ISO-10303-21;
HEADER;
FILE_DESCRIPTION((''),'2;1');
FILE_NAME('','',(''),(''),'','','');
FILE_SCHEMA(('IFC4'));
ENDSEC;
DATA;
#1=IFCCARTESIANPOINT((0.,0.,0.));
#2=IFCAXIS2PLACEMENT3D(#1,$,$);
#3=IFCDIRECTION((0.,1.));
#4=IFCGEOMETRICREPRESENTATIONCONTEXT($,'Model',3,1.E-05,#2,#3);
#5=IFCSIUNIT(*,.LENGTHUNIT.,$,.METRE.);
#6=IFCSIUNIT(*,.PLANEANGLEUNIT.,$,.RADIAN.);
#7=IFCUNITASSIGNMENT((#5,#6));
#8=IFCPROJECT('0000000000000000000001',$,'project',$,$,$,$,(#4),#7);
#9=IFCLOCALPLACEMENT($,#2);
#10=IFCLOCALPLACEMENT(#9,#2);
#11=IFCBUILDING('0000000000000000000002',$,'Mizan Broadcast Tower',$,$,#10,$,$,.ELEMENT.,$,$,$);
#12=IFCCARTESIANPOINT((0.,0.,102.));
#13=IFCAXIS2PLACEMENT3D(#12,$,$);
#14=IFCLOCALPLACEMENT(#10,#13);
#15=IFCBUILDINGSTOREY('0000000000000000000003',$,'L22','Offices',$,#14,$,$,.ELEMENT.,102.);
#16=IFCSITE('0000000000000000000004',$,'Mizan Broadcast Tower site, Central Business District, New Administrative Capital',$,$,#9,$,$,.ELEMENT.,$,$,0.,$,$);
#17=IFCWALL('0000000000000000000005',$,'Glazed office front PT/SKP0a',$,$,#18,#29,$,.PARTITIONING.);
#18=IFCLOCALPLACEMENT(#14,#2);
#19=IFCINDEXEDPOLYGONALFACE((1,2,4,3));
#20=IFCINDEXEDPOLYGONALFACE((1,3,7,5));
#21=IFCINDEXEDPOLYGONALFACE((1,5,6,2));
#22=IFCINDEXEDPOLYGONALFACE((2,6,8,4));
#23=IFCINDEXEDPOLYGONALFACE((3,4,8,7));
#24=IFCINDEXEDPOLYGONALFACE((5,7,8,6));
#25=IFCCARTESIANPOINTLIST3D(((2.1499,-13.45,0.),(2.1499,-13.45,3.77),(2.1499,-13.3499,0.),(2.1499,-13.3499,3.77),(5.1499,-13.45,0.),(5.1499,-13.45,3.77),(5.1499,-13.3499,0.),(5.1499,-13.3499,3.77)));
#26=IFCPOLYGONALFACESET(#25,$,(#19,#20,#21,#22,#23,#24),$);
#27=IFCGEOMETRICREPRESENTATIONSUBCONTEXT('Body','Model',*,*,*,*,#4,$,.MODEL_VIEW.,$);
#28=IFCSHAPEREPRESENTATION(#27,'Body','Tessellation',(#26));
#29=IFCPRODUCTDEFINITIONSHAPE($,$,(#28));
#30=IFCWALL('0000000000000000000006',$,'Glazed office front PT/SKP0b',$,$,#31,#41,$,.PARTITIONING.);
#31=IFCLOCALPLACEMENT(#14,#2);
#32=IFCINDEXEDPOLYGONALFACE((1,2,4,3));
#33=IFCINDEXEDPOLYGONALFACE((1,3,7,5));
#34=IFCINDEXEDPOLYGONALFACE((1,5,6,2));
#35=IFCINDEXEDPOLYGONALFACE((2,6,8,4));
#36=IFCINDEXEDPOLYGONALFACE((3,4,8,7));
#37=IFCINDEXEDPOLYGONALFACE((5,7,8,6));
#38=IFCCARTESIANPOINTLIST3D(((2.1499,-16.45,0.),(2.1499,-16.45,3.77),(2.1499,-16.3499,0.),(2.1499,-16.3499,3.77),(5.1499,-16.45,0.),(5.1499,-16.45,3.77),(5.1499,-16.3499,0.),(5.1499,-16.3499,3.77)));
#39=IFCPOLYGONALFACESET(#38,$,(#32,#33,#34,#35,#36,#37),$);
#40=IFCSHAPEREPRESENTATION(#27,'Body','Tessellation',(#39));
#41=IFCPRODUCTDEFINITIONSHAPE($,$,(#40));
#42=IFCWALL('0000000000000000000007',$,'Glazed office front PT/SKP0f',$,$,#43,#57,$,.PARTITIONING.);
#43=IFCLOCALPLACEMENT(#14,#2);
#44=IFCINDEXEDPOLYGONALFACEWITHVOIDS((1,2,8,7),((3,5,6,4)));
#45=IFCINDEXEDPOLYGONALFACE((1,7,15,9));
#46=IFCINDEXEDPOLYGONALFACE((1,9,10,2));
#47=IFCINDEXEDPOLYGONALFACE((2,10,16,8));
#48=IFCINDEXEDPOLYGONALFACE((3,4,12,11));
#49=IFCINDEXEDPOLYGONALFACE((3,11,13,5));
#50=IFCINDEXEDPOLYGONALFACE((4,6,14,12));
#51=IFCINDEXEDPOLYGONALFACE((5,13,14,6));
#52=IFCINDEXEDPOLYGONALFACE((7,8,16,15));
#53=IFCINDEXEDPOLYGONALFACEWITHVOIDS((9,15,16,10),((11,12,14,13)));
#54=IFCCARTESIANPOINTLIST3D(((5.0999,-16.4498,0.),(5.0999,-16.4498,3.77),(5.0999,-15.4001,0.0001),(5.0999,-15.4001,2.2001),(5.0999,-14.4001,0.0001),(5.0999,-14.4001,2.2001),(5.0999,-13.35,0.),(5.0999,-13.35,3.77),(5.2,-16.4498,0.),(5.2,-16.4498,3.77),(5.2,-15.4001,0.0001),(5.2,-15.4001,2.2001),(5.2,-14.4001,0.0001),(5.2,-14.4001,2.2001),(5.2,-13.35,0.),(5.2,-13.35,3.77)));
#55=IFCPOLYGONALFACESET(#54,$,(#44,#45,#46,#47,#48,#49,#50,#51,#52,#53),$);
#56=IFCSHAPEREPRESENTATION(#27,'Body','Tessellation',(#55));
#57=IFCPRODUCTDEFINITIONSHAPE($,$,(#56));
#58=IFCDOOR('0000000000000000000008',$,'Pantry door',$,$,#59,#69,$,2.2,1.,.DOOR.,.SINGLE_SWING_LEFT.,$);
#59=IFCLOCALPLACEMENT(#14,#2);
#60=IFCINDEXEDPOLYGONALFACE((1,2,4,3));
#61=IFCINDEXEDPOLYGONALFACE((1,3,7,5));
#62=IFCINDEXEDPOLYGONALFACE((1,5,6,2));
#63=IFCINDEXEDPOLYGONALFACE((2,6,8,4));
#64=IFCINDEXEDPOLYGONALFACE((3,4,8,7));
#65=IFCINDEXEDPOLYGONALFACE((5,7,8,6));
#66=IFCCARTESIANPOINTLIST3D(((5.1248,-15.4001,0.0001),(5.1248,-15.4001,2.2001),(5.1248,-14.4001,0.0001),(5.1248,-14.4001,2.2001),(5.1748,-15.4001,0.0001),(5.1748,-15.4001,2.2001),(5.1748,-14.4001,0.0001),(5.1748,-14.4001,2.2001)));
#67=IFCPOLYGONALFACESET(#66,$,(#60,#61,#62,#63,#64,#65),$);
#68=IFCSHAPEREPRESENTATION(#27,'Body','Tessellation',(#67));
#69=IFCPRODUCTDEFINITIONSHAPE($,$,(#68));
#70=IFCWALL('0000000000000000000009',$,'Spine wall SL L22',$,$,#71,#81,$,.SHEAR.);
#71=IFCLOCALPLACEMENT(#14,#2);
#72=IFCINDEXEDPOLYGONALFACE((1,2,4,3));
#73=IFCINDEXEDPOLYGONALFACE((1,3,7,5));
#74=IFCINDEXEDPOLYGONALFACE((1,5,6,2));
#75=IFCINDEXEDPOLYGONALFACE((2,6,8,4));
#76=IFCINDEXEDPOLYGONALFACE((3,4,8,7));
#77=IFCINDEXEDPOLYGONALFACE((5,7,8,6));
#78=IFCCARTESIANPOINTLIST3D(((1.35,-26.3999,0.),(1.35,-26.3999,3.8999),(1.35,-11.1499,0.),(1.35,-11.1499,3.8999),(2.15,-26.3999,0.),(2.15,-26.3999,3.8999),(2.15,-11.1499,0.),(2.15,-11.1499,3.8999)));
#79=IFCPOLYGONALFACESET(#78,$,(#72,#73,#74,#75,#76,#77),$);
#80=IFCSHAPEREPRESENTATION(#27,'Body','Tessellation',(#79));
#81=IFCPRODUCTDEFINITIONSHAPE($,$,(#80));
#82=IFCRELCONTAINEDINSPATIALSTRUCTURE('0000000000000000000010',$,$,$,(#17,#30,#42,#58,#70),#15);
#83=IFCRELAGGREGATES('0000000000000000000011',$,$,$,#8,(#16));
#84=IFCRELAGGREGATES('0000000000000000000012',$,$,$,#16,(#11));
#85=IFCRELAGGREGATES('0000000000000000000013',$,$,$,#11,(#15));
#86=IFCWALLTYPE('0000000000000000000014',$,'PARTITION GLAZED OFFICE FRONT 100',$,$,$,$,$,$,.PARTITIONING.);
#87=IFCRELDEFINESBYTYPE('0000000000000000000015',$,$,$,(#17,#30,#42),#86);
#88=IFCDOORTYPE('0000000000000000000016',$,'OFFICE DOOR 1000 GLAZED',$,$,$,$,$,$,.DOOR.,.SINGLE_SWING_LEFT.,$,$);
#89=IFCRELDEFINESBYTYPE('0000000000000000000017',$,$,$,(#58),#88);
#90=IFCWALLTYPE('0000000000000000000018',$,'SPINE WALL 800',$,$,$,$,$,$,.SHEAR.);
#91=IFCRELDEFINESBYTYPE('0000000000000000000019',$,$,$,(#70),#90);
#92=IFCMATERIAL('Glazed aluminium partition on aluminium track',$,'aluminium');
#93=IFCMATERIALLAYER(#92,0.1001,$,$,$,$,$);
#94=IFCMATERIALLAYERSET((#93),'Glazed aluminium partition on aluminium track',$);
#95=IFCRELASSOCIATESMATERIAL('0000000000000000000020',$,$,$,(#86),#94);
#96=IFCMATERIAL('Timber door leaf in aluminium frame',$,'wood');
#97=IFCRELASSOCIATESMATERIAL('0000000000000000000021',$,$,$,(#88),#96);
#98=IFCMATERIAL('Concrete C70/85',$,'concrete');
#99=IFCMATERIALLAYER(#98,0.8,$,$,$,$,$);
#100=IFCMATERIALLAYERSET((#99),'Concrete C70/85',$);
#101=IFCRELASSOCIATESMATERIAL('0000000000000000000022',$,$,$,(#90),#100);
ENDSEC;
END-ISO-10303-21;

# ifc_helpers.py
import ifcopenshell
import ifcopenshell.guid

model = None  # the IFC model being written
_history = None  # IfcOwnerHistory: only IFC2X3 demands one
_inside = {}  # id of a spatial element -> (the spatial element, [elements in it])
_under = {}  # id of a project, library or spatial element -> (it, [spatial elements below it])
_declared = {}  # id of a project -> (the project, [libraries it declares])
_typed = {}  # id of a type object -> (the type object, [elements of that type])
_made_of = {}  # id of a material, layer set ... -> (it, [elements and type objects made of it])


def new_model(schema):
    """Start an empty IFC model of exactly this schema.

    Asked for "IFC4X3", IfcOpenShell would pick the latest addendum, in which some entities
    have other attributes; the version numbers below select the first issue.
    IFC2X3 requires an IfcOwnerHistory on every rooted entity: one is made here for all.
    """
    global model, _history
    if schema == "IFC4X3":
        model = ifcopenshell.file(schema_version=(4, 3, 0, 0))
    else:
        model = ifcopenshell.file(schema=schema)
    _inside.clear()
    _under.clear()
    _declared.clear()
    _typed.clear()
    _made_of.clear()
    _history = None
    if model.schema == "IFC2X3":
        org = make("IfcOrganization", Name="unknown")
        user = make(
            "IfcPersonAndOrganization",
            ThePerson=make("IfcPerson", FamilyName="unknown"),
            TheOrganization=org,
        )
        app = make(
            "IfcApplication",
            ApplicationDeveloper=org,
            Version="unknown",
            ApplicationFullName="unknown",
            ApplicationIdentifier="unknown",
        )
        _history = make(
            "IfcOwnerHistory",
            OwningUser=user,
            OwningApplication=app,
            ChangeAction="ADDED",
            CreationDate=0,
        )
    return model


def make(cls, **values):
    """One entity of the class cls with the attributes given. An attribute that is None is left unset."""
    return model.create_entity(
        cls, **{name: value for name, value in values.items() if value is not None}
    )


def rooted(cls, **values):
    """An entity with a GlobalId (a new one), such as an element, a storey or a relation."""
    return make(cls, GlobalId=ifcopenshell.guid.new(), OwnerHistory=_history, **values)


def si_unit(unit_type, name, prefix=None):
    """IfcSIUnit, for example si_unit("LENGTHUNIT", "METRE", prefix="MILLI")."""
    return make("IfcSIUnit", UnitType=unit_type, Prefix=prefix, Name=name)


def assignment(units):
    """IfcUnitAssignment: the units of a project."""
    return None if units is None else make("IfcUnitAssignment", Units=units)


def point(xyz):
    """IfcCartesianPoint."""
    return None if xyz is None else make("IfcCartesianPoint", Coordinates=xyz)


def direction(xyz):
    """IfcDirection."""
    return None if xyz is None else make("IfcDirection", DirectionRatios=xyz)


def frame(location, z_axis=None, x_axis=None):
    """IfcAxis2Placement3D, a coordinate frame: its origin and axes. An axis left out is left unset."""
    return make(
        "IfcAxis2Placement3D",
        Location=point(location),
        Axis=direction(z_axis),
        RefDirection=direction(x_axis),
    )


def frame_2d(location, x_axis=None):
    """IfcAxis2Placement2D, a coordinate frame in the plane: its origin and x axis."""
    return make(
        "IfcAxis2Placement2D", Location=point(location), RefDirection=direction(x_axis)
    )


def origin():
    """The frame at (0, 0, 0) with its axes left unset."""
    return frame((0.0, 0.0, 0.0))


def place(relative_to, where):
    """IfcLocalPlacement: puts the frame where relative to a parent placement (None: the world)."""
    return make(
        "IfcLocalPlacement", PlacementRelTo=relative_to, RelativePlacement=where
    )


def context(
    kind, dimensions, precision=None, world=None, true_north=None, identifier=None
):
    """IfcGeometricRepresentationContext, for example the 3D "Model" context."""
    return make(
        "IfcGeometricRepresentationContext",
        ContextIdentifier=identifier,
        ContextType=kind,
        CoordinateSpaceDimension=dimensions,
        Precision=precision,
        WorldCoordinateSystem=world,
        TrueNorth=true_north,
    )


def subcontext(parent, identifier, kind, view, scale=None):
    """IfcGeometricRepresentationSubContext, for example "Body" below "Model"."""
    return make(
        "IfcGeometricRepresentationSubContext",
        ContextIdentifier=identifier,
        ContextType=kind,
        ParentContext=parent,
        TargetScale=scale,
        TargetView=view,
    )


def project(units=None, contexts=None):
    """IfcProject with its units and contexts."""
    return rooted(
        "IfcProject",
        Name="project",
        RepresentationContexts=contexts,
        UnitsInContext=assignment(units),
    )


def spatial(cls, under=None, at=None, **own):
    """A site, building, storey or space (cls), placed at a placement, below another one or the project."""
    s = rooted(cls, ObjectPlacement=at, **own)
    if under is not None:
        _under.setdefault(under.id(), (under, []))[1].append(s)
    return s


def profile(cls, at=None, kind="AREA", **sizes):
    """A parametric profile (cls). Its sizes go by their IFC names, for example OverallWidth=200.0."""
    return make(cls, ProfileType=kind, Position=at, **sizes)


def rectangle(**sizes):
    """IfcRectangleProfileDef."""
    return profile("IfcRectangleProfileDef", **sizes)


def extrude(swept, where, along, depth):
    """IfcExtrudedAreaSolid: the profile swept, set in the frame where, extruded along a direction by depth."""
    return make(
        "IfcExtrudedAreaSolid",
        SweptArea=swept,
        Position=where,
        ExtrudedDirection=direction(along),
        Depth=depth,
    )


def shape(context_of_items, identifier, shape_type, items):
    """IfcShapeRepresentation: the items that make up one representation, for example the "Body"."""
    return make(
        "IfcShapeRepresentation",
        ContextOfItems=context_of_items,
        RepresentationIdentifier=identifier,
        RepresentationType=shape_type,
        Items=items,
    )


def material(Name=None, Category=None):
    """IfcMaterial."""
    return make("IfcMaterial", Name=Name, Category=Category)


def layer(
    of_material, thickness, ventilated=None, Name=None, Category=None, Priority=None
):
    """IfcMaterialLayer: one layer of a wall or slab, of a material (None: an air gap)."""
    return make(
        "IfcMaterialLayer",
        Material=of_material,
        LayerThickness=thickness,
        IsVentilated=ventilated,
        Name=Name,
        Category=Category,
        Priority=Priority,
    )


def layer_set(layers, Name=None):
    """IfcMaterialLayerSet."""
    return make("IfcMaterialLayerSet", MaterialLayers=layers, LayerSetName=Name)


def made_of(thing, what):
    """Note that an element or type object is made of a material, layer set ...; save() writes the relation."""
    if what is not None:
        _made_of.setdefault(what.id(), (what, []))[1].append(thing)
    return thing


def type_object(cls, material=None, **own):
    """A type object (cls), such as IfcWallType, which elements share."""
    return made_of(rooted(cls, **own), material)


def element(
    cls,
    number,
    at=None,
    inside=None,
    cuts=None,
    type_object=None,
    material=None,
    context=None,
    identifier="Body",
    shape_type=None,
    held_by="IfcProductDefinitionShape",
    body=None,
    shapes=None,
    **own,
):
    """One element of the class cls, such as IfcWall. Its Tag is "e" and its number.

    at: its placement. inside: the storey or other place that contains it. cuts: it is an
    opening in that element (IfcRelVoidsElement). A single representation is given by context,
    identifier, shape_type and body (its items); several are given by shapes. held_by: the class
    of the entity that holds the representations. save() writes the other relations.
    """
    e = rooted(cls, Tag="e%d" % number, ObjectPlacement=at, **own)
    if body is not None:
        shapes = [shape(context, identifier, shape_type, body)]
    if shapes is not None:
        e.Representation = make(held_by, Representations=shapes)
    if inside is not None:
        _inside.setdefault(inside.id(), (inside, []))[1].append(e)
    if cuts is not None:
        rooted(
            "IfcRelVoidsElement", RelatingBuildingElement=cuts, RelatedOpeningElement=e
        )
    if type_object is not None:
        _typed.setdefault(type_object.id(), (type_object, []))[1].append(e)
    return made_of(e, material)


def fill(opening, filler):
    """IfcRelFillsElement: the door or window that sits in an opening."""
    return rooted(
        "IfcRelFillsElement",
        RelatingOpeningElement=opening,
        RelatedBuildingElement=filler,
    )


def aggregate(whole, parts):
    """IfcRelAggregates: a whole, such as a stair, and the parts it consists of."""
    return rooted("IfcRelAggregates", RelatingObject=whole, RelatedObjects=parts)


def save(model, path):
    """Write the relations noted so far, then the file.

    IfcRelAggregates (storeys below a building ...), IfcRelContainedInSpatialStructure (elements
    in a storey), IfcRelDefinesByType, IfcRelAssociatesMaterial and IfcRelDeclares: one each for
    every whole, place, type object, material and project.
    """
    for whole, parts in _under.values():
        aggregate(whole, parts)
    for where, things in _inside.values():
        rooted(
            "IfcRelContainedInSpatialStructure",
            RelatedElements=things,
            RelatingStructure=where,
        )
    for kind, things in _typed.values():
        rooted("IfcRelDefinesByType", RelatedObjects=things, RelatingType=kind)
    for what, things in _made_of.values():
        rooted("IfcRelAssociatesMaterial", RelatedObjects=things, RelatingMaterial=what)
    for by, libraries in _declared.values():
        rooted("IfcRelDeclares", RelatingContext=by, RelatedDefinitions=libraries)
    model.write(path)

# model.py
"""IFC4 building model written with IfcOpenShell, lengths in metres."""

from ifc_helpers import new_model, si_unit, direction, frame, frame_2d, origin, place, context, subcontext, project, spatial, rectangle, extrude, material, layer, layer_set, type_object, element, fill, save


model = new_model("IFC4")

# Units and contexts
model_context = context("Model", 3, precision=1e-05, world=origin(), true_north=direction((0.0, 1.0)))
body_context = subcontext(model_context, "Body", "Model", "MODEL_VIEW")
ifc_project = project(units=[si_unit("LENGTHUNIT", "METRE"), si_unit("PLANEANGLEUNIT", "RADIAN")], contexts=[model_context])

# Site, building, storey
site_placement = place(None, origin())
site = spatial("IfcSite", under=ifc_project, at=site_placement, Name="Mizan Broadcast Tower site, Central Business District, New Administrative Capital", CompositionType="ELEMENT", RefElevation=0.0)
building_placement = place(site_placement, origin())
building = spatial("IfcBuilding", under=site, at=building_placement, Name="Mizan Broadcast Tower", CompositionType="ELEMENT")
storey_placement = place(building_placement, frame((0.0, 0.0, 102.0)))
storey = spatial("IfcBuildingStorey", under=building, at=storey_placement, Name="L22", Description="Offices", CompositionType="ELEMENT", Elevation=102.0)

# Walls
ifc_material_1 = material(Name="Glazed aluminium partition on aluminium track", Category="aluminium")
ifc_layer_1 = layer(ifc_material_1, 0.1001)
ifc_layer_set_1 = layer_set([ifc_layer_1], Name="Glazed aluminium partition on aluminium track")
wall_type_1 = type_object("IfcWallType", Name="PARTITION GLAZED OFFICE FRONT 100", PredefinedType="PARTITIONING", material=ifc_layer_set_1)
for number, where, z_axis, x_axis, name in (
    (1, (2.1499, -13.3999, 0.0), (0.0, 0.0, 1.0), (1.0, 0.0, 0.0), "Glazed office front PT/SKP0a"),
    (2, (2.1499, -16.3999, 0.0), (0.0, 0.0, 1.0), (1.0, 0.0, 0.0), "Glazed office front PT/SKP0b"),
):
    element("IfcWall", number, at=place(storey_placement, frame(where, z_axis=z_axis, x_axis=x_axis)), inside=storey, type_object=wall_type_1, Name=name, PredefinedType="PARTITIONING", context=body_context, shape_type="SweptSolid", body=[
        extrude(rectangle(XDim=3.0, YDim=0.1001, at=frame_2d((1.5, 0.0))), origin(), (0.0, 0.0, 1.0), 3.77),
    ])

# Wall, opening, door
wall_1_placement = place(storey_placement, frame((5.1499, -13.3501, 0.0), z_axis=(0.0, 0.0, 1.0), x_axis=(0.0, -1.0, 0.0)))
wall_1 = element("IfcWall", 3, at=wall_1_placement, inside=storey, type_object=wall_type_1, Name="Glazed office front PT/SKP0f", PredefinedType="PARTITIONING", context=body_context, shape_type="SweptSolid", body=[
    extrude(rectangle(XDim=3.0999, YDim=0.1001, at=frame_2d((1.5498, 0.0))), origin(), (0.0, 0.0, 1.0), 3.77),
])
opening_1_placement = place(wall_1_placement, frame((1.05, 0.0, 0.0)))
opening_1 = element("IfcOpeningElement", 4, at=opening_1_placement, cuts=wall_1, PredefinedType="OPENING", context=body_context, shape_type="SweptSolid", body=[
    extrude(rectangle(XDim=1.0, YDim=2.2, at=frame_2d((0.5, 1.1001))), frame((0.0, 0.0601, 0.0), z_axis=(0.0, -1.0, 0.0), x_axis=(1.0, 0.0, 0.0)), (0.0, 0.0, 1.0), 0.1201),
])
ifc_material_2 = material(Name="Timber door leaf in aluminium frame", Category="wood")
door_type_1 = type_object("IfcDoorType", Name="OFFICE DOOR 1000 GLAZED", OperationType="SINGLE_SWING_LEFT", PredefinedType="DOOR", material=ifc_material_2)
door_1_placement = place(opening_1_placement, origin())
door_1 = element("IfcDoor", 5, at=door_1_placement, inside=storey, type_object=door_type_1, Name="Pantry door", OperationType="SINGLE_SWING_LEFT", OverallHeight=2.2, OverallWidth=1.0, PredefinedType="DOOR", context=body_context, shape_type="SweptSolid", body=[
    extrude(rectangle(XDim=1.0, YDim=2.2, at=frame_2d((0.5, 1.1001))), frame((0.0, 0.0249, 0.0), z_axis=(0.0, -1.0, 0.0), x_axis=(1.0, 0.0, 0.0)), (0.0, 0.0, 1.0), 0.05),
])
fill(opening_1, door_1)

# Wall
ifc_material_3 = material(Name="Concrete C70/85", Category="concrete")
ifc_layer_2 = layer(ifc_material_3, 0.8)
ifc_layer_set_2 = layer_set([ifc_layer_2], Name="Concrete C70/85")
wall_type_2 = type_object("IfcWallType", Name="SPINE WALL 800", PredefinedType="SHEAR", material=ifc_layer_set_2)
wall_2_placement = place(storey_placement, frame((1.75, -11.1499, 0.0), z_axis=(0.0, 0.0, 1.0), x_axis=(0.0, -1.0, 0.0)))
element("IfcWall", 6, at=wall_2_placement, inside=storey, type_object=wall_type_2, Name="Spine wall SL L22", PredefinedType="SHEAR", context=body_context, shape_type="SweptSolid", body=[
    extrude(rectangle(XDim=15.25, YDim=0.8, at=frame_2d((7.625, 0.0))), origin(), (0.0, 0.0, 1.0), 3.8999),
])

save(model, "model.ifc")
